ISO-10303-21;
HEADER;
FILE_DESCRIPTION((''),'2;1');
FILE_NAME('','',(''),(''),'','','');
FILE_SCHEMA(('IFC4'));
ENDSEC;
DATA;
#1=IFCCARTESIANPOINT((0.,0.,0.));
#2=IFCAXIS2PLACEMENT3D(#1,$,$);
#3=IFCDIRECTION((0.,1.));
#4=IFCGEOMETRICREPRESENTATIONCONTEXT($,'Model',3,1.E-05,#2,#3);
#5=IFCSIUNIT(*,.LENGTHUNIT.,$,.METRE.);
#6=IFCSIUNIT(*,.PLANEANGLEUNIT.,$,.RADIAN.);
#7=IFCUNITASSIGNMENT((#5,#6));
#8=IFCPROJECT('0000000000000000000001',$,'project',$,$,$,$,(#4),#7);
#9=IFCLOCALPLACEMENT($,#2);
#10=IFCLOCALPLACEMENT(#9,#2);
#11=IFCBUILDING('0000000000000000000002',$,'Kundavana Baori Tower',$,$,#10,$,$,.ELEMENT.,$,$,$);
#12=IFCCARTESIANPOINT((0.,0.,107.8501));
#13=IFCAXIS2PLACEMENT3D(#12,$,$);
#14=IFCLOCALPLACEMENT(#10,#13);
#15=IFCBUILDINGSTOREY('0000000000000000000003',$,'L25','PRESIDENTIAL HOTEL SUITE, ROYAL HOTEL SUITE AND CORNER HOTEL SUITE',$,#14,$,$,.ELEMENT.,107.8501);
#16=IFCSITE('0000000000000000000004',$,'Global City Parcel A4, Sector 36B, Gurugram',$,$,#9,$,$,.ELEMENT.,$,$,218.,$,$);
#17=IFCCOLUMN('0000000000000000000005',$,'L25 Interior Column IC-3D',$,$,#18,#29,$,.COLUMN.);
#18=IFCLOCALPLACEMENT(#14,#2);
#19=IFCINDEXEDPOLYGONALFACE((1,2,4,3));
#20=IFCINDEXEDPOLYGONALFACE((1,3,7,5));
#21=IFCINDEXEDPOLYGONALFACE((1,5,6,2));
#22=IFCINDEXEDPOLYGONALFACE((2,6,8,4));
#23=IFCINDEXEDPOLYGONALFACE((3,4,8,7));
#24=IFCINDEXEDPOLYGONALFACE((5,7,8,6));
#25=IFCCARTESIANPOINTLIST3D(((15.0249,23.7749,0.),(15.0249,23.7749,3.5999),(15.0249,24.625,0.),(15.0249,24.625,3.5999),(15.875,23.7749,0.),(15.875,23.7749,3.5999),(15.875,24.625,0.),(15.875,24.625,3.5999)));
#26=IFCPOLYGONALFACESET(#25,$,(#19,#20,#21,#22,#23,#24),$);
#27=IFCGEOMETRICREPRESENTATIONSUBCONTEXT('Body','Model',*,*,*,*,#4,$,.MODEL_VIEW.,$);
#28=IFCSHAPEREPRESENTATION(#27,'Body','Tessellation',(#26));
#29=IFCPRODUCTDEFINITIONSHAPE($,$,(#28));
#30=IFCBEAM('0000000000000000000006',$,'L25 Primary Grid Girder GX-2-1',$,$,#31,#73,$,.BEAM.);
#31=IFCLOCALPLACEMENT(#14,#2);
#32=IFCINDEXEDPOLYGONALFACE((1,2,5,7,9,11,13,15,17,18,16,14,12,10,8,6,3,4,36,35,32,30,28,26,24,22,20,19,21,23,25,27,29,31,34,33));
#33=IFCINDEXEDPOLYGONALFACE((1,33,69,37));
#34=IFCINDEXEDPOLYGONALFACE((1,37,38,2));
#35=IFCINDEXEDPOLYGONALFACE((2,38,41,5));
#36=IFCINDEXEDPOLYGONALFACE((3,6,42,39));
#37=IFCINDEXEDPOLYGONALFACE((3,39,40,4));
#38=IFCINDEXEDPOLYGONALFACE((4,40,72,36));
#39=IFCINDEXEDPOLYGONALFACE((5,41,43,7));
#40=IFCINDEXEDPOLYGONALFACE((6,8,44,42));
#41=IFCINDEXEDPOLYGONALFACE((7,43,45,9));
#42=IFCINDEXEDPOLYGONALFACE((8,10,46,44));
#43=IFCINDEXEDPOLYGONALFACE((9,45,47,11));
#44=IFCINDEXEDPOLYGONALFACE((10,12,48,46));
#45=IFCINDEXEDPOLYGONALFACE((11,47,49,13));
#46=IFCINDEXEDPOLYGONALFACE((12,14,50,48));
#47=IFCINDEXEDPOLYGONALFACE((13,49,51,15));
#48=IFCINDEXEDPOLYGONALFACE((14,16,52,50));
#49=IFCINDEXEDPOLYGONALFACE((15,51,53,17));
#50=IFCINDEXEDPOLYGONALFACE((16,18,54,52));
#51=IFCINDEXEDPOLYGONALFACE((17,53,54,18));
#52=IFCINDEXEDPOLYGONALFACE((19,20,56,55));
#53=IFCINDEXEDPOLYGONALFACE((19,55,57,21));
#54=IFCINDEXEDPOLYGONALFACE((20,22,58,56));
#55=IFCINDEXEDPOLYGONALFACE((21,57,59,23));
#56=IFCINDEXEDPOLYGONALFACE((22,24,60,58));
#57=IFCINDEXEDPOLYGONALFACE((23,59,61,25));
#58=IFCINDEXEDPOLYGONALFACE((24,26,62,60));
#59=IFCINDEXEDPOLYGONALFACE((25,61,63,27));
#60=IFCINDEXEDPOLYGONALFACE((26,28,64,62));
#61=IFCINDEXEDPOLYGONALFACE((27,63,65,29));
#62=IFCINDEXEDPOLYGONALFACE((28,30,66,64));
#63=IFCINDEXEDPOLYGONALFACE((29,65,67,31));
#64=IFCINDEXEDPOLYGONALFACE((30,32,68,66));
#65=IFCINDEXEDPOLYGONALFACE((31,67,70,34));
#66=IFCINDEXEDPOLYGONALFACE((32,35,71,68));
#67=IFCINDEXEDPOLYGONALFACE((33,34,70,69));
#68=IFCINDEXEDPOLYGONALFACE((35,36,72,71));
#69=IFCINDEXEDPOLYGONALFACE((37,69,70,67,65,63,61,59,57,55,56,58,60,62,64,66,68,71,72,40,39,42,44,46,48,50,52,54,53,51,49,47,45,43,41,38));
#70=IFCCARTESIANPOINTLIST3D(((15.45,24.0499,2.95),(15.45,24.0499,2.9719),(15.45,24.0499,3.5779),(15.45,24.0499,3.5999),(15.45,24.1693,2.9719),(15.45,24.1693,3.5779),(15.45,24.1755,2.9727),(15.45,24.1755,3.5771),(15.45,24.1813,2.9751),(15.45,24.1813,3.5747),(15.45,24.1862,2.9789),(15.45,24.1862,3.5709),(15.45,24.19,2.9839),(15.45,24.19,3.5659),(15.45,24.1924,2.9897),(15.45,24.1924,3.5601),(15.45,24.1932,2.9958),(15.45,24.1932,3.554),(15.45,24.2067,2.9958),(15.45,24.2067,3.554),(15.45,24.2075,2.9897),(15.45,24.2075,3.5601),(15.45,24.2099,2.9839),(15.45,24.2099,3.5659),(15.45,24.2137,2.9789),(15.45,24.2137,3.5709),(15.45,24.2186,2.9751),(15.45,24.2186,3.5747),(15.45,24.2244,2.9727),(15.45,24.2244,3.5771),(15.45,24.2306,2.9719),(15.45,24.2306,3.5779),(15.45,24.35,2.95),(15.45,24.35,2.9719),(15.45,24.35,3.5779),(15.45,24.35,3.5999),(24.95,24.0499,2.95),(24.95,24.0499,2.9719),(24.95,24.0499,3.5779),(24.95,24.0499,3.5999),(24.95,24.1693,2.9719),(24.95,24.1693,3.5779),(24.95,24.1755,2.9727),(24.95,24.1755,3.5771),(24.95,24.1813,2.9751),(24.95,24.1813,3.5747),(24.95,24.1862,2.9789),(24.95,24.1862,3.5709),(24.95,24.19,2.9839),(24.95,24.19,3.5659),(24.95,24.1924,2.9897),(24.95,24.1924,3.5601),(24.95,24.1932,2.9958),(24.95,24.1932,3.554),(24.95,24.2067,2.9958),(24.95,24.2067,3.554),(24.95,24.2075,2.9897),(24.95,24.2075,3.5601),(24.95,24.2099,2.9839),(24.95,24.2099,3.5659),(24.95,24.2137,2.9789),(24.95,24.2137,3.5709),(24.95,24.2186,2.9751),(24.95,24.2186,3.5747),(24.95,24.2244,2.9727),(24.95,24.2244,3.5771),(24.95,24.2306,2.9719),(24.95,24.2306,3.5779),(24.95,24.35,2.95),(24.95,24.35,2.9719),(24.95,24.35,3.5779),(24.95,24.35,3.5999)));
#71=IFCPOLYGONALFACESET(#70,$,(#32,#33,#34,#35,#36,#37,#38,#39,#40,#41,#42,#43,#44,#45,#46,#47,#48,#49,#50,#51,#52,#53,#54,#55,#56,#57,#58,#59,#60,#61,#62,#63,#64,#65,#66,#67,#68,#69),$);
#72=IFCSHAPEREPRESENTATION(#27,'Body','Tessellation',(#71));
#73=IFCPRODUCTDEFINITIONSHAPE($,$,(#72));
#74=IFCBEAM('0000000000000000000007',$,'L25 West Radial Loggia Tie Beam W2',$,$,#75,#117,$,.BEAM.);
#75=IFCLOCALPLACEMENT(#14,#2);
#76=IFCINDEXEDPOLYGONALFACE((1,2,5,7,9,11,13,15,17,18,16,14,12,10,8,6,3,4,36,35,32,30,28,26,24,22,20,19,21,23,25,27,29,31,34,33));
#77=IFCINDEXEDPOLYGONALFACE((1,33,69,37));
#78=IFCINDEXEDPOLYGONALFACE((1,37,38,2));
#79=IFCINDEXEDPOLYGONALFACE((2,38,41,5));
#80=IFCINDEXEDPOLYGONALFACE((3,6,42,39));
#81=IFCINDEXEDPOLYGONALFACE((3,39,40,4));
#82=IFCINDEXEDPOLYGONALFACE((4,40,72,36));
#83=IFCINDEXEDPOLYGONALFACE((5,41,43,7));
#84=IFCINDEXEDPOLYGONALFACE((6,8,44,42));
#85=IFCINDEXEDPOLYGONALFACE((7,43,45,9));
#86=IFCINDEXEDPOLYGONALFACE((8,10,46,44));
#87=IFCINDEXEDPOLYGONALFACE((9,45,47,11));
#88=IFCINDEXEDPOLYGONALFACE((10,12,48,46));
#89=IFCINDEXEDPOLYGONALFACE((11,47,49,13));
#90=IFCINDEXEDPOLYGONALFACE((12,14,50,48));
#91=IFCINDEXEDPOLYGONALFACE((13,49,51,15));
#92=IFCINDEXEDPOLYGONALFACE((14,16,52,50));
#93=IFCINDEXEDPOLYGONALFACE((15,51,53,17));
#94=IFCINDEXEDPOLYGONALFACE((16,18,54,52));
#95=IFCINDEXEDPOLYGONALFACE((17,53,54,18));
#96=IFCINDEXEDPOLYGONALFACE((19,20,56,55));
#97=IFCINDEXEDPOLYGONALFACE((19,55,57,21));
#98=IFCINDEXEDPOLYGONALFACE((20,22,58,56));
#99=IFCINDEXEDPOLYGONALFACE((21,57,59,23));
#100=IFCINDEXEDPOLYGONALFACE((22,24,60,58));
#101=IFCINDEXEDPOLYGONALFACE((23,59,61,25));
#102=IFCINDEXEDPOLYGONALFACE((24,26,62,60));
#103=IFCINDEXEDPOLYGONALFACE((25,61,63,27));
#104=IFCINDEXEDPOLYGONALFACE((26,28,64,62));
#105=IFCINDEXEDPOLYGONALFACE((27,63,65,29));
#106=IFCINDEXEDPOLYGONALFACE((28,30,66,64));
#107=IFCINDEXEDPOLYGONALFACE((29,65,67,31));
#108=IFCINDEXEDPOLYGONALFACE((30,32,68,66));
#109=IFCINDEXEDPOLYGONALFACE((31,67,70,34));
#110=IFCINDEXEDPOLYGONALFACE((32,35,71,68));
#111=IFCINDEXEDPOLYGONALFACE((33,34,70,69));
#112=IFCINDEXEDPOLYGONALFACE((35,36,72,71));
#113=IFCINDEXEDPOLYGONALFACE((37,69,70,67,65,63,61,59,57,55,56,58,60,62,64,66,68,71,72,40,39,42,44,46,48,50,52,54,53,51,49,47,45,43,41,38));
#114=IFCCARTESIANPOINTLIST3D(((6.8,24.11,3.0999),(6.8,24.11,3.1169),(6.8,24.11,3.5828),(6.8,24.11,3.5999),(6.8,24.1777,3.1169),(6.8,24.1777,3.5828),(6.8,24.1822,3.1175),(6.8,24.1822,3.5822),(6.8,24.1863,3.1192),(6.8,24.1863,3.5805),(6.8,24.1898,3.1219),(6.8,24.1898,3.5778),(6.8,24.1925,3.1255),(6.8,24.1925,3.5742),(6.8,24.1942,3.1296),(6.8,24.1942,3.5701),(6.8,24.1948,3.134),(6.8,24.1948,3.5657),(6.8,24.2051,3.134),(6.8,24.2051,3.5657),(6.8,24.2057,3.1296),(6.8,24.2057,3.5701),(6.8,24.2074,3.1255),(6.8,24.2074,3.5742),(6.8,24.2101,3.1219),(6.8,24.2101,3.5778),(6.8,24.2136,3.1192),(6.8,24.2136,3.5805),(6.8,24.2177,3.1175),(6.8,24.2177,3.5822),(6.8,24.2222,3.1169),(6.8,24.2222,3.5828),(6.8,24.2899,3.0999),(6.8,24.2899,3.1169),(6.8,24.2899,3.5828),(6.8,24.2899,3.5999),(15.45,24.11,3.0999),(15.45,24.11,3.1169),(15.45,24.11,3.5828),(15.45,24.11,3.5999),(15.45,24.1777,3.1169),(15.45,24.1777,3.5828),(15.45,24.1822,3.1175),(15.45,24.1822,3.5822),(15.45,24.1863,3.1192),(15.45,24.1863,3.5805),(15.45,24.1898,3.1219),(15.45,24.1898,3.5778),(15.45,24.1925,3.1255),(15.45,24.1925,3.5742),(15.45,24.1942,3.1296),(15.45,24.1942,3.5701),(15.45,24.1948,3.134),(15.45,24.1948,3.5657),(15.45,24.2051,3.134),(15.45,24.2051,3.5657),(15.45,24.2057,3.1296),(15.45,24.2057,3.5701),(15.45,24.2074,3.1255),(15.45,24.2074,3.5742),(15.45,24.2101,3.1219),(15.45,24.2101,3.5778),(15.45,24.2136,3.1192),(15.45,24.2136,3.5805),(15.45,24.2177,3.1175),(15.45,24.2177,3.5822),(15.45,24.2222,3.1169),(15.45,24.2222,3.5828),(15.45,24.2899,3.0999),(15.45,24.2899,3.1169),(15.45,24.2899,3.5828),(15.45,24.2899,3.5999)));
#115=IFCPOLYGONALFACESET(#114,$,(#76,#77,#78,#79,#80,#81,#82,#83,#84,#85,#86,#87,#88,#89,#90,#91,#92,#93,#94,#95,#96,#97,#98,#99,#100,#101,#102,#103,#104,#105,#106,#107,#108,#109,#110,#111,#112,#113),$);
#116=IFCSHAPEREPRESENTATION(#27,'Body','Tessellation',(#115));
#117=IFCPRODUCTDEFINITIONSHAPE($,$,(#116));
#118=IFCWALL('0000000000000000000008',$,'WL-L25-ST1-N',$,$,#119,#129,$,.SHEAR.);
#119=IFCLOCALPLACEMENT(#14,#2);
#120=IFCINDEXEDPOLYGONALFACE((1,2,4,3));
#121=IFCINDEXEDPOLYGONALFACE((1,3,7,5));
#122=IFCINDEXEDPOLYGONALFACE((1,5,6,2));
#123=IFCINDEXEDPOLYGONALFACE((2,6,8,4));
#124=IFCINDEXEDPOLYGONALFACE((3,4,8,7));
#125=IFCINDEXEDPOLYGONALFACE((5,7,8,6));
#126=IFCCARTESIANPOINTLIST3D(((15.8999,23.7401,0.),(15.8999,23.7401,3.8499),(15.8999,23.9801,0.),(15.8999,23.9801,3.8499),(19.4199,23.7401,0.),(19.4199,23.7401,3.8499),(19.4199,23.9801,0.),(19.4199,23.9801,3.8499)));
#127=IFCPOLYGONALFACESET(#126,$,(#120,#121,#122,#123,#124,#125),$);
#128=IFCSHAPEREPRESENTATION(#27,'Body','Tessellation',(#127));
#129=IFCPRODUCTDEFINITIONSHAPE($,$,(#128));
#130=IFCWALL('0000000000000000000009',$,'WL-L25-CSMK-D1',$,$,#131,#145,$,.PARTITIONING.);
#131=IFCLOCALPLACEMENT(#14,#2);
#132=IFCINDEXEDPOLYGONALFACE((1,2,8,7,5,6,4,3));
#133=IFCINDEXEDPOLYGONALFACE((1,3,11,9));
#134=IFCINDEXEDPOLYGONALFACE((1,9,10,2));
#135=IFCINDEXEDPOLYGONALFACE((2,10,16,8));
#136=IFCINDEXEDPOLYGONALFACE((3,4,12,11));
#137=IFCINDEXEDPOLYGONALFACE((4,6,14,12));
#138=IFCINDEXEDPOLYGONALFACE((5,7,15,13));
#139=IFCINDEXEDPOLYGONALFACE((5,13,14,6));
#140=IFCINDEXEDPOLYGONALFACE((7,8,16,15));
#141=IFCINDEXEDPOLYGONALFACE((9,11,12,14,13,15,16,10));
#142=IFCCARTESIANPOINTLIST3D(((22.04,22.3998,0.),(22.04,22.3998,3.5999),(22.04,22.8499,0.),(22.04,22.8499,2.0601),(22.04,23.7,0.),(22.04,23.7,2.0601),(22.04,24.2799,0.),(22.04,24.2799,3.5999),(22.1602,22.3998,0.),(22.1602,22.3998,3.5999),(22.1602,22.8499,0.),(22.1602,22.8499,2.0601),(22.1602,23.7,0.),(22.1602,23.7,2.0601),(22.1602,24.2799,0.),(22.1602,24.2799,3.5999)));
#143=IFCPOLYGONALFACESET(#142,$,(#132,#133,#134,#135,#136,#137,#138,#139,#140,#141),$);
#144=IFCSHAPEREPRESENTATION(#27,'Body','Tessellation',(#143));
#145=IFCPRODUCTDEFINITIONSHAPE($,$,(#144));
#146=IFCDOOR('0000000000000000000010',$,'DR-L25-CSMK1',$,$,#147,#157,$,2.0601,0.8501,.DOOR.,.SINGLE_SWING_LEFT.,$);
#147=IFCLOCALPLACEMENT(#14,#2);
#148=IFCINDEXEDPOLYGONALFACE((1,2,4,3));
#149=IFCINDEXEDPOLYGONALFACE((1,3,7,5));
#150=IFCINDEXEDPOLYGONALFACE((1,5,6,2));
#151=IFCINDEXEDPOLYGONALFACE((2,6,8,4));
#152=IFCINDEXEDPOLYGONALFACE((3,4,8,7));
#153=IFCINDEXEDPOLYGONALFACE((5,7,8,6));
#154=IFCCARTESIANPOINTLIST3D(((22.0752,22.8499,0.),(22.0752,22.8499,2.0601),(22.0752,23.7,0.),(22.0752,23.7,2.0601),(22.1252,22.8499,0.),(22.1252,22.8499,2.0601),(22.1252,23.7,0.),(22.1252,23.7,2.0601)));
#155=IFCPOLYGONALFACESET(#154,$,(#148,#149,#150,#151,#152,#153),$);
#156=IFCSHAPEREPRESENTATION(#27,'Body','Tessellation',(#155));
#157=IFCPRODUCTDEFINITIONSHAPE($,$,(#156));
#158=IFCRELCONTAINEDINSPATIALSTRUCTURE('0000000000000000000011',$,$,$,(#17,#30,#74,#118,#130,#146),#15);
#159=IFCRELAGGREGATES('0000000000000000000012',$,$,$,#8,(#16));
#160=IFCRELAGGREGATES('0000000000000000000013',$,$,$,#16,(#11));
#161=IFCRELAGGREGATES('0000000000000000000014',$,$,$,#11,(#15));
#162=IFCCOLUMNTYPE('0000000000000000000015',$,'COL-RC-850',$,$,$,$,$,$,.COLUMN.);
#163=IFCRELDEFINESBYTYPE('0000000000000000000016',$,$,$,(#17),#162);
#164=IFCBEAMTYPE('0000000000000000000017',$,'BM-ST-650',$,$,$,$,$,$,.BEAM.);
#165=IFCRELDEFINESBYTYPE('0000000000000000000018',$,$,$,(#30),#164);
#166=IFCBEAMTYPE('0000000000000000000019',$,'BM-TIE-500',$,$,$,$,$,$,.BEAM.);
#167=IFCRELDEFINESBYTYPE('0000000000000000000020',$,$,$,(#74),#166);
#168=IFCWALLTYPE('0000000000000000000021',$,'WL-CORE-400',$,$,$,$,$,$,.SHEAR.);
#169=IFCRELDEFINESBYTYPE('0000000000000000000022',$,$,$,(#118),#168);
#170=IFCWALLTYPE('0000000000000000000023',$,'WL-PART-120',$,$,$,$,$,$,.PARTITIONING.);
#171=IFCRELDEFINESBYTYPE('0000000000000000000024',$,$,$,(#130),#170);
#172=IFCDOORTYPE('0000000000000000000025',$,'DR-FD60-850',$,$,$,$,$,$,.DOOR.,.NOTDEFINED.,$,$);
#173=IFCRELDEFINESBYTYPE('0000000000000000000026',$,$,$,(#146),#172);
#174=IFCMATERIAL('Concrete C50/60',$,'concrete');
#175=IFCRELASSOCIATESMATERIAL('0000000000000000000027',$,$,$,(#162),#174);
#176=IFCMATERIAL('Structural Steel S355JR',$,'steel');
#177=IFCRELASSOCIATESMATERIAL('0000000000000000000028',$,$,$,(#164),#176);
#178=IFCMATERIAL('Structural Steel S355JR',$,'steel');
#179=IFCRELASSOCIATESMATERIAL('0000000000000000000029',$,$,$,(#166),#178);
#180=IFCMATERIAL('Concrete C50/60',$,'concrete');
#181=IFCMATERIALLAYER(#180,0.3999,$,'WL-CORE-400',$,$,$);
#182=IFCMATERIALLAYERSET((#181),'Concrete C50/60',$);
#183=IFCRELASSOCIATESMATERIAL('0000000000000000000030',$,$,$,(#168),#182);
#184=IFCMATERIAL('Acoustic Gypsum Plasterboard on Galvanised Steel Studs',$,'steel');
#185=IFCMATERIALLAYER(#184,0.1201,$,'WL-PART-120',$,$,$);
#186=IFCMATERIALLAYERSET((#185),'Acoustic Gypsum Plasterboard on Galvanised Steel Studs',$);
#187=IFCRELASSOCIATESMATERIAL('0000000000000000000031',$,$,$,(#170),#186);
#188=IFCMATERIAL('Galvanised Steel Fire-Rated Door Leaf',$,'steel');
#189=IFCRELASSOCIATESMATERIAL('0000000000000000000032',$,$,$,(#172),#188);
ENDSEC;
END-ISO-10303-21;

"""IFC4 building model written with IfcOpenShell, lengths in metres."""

from ifc_helpers import new_model, si_unit, direction, frame, frame_2d, origin, origin_2d, place, context, subcontext, project, spatial, rectangle, i_section, extrude, material, layer, layer_set, material_profile, profile_set, type_object, element, fill, save


model = new_model("IFC4")

# Units and contexts
model_context = context("Model", 3, precision=1e-05, world=origin(), true_north=direction((0.0, 1.0)))
body_context = subcontext(model_context, "Body", "Model", "MODEL_VIEW")
ifc_project = project(units=[si_unit("LENGTHUNIT", "METRE"), si_unit("PLANEANGLEUNIT", "RADIAN")], contexts=[model_context])

# Site, building, storey
site_placement = place(None, origin())
site = spatial("IfcSite", under=ifc_project, at=site_placement, Name="Global City Parcel A4, Sector 36B, Gurugram", CompositionType="ELEMENT", RefElevation=218.0)
building_placement = place(site_placement, origin())
building = spatial("IfcBuilding", under=site, at=building_placement, Name="Kundavana Baori Tower", CompositionType="ELEMENT")
storey_placement = place(building_placement, frame((0.0, 0.0, 107.8501)))
storey = spatial("IfcBuildingStorey", under=building, at=storey_placement, Name="L25", Description="PRESIDENTIAL HOTEL SUITE, ROYAL HOTEL SUITE AND CORNER HOTEL SUITE", CompositionType="ELEMENT", Elevation=107.8501)

# Column
ifc_material_1 = material(Name="Concrete C50/60", Category="concrete")
ifc_material_profile_1 = material_profile(ifc_material_1, rectangle(XDim=0.8501, YDim=0.8501, at=origin_2d()), Name="RC 850x850")
ifc_profile_set_1 = profile_set([ifc_material_profile_1], Name="Concrete C50/60")
column_type = type_object("IfcColumnType", Name="COL-RC-850", PredefinedType="COLUMN", material=ifc_profile_set_1)
column_placement = place(storey_placement, frame((15.45, 24.2, 0.0), z_axis=(0.0, 0.0, 1.0), x_axis=(1.0, 0.0, 0.0)))
element("IfcColumn", 1, at=column_placement, inside=storey, type_object=column_type, Name="L25 Interior Column IC-3D", PredefinedType="COLUMN", context=body_context, shape_type="SweptSolid", body=[
    extrude(rectangle(XDim=0.8501, YDim=0.8501, at=origin_2d()), origin(), (0.0, 0.0, 1.0), 3.5999),
])

# Beams
ifc_material_2 = material(Name="Structural Steel S355JR", Category="steel")
ifc_material_profile_2 = material_profile(ifc_material_2, i_section(OverallWidth=0.3, OverallDepth=0.6499, WebThickness=0.0134, FlangeThickness=0.022, FilletRadius=0.0239, at=origin_2d()), Name="NPB 650x300x155")
ifc_profile_set_2 = profile_set([ifc_material_profile_2], Name="Structural Steel S355JR")
beam_type_1 = type_object("IfcBeamType", Name="BM-ST-650", PredefinedType="BEAM", material=ifc_profile_set_2)
beam_1_placement = place(storey_placement, frame((15.45, 24.2, 3.2749), z_axis=(1.0, 0.0, 0.0), x_axis=(0.0, 1.0, 0.0)))
element("IfcBeam", 2, at=beam_1_placement, inside=storey, type_object=beam_type_1, Name="L25 Primary Grid Girder GX-2-1", PredefinedType="BEAM", context=body_context, shape_type="SweptSolid", body=[
    extrude(i_section(OverallWidth=0.3, OverallDepth=0.6499, WebThickness=0.0134, FlangeThickness=0.022, FilletRadius=0.0239, at=origin_2d()), origin(), (0.0, 0.0, 1.0), 9.5),
])
ifc_material_3 = material(Name="Structural Steel S355JR", Category="steel")
ifc_material_profile_3 = material_profile(ifc_material_3, i_section(OverallWidth=0.1799, OverallDepth=0.5, WebThickness=0.0103, FlangeThickness=0.0171, FilletRadius=0.0171, at=origin_2d()), Name="ISMB 500")
ifc_profile_set_3 = profile_set([ifc_material_profile_3], Name="Structural Steel S355JR")
beam_type_2 = type_object("IfcBeamType", Name="BM-TIE-500", PredefinedType="BEAM", material=ifc_profile_set_3)
beam_2_placement = place(storey_placement, frame((15.45, 24.2, 3.3499), z_axis=(-1.0, 0.0, 0.0), x_axis=(0.0, -1.0, 0.0)))
element("IfcBeam", 3, at=beam_2_placement, inside=storey, type_object=beam_type_2, Name="L25 West Radial Loggia Tie Beam W2", PredefinedType="BEAM", context=body_context, shape_type="SweptSolid", body=[
    extrude(i_section(OverallWidth=0.1799, OverallDepth=0.5, WebThickness=0.0103, FlangeThickness=0.0171, FilletRadius=0.0171, at=origin_2d()), origin(), (0.0, 0.0, 1.0), 8.6499),
])

# Wall
ifc_material_4 = material(Name="Concrete C50/60", Category="concrete")
ifc_layer_1 = layer(ifc_material_4, 0.3999, Name="WL-CORE-400")
ifc_layer_set_1 = layer_set([ifc_layer_1], Name="Concrete C50/60")
wall_type_1 = type_object("IfcWallType", Name="WL-CORE-400", PredefinedType="SHEAR", material=ifc_layer_set_1)
wall_1_placement = place(storey_placement, frame((15.8999, 23.8601, 0.0), z_axis=(0.0, 0.0, 1.0), x_axis=(1.0, 0.0, 0.0)))
element("IfcWall", 4, at=wall_1_placement, inside=storey, type_object=wall_type_1, Name="WL-L25-ST1-N", PredefinedType="SHEAR", context=body_context, shape_type="SweptSolid", body=[
    extrude(rectangle(XDim=3.52, YDim=0.24, at=frame_2d((1.76, 0.0))), origin(), (0.0, 0.0, 1.0), 3.8499),
])

# Wall, opening, door
ifc_material_5 = material(Name="Acoustic Gypsum Plasterboard on Galvanised Steel Studs", Category="steel")
ifc_layer_2 = layer(ifc_material_5, 0.1201, Name="WL-PART-120")
ifc_layer_set_2 = layer_set([ifc_layer_2], Name="Acoustic Gypsum Plasterboard on Galvanised Steel Studs")
wall_type_2 = type_object("IfcWallType", Name="WL-PART-120", PredefinedType="PARTITIONING", material=ifc_layer_set_2)
wall_2_placement = place(storey_placement, frame((22.1001, 22.3999, 0.0), z_axis=(0.0, 0.0, 1.0), x_axis=(0.0, 1.0, 0.0)))
wall_2 = element("IfcWall", 5, at=wall_2_placement, inside=storey, type_object=wall_type_2, Name="WL-L25-CSMK-D1", PredefinedType="PARTITIONING", context=body_context, shape_type="SweptSolid", body=[
    extrude(rectangle(XDim=1.8801, YDim=0.1201, at=frame_2d((0.9399, 0.0))), origin(), (0.0, 0.0, 1.0), 3.5999),
])
opening_1_placement = place(wall_2_placement, frame((0.45, 0.0, 0.0)))
opening_1 = element("IfcOpeningElement", 6, at=opening_1_placement, cuts=wall_2, PredefinedType="OPENING", context=body_context, shape_type="SweptSolid", body=[
    extrude(rectangle(XDim=0.8501, YDim=2.0601, at=frame_2d((0.425, 1.03))), frame((0.0, 0.0701, 0.0), z_axis=(0.0, -1.0, 0.0), x_axis=(1.0, 0.0, 0.0)), (0.0, 0.0, 1.0), 0.1401),
])
ifc_material_6 = material(Name="Galvanised Steel Fire-Rated Door Leaf", Category="steel")
door_type_1 = type_object("IfcDoorType", Name="DR-FD60-850", OperationType="NOTDEFINED", PredefinedType="DOOR", material=ifc_material_6)
door_1_placement = place(opening_1_placement, origin())
door_1 = element("IfcDoor", 7, at=door_1_placement, inside=storey, type_object=door_type_1, Name="DR-L25-CSMK1", OperationType="SINGLE_SWING_LEFT", OverallHeight=2.0601, OverallWidth=0.8501, PredefinedType="DOOR", context=body_context, shape_type="SweptSolid", body=[
    extrude(rectangle(XDim=0.8501, YDim=2.0601, at=frame_2d((0.425, 1.03))), frame((0.0, 0.0249, 0.0), z_axis=(0.0, -1.0, 0.0), x_axis=(1.0, 0.0, 0.0)), (0.0, 0.0, 1.0), 0.05),
])
fill(opening_1, door_1)

save(model, "model.ifc")
